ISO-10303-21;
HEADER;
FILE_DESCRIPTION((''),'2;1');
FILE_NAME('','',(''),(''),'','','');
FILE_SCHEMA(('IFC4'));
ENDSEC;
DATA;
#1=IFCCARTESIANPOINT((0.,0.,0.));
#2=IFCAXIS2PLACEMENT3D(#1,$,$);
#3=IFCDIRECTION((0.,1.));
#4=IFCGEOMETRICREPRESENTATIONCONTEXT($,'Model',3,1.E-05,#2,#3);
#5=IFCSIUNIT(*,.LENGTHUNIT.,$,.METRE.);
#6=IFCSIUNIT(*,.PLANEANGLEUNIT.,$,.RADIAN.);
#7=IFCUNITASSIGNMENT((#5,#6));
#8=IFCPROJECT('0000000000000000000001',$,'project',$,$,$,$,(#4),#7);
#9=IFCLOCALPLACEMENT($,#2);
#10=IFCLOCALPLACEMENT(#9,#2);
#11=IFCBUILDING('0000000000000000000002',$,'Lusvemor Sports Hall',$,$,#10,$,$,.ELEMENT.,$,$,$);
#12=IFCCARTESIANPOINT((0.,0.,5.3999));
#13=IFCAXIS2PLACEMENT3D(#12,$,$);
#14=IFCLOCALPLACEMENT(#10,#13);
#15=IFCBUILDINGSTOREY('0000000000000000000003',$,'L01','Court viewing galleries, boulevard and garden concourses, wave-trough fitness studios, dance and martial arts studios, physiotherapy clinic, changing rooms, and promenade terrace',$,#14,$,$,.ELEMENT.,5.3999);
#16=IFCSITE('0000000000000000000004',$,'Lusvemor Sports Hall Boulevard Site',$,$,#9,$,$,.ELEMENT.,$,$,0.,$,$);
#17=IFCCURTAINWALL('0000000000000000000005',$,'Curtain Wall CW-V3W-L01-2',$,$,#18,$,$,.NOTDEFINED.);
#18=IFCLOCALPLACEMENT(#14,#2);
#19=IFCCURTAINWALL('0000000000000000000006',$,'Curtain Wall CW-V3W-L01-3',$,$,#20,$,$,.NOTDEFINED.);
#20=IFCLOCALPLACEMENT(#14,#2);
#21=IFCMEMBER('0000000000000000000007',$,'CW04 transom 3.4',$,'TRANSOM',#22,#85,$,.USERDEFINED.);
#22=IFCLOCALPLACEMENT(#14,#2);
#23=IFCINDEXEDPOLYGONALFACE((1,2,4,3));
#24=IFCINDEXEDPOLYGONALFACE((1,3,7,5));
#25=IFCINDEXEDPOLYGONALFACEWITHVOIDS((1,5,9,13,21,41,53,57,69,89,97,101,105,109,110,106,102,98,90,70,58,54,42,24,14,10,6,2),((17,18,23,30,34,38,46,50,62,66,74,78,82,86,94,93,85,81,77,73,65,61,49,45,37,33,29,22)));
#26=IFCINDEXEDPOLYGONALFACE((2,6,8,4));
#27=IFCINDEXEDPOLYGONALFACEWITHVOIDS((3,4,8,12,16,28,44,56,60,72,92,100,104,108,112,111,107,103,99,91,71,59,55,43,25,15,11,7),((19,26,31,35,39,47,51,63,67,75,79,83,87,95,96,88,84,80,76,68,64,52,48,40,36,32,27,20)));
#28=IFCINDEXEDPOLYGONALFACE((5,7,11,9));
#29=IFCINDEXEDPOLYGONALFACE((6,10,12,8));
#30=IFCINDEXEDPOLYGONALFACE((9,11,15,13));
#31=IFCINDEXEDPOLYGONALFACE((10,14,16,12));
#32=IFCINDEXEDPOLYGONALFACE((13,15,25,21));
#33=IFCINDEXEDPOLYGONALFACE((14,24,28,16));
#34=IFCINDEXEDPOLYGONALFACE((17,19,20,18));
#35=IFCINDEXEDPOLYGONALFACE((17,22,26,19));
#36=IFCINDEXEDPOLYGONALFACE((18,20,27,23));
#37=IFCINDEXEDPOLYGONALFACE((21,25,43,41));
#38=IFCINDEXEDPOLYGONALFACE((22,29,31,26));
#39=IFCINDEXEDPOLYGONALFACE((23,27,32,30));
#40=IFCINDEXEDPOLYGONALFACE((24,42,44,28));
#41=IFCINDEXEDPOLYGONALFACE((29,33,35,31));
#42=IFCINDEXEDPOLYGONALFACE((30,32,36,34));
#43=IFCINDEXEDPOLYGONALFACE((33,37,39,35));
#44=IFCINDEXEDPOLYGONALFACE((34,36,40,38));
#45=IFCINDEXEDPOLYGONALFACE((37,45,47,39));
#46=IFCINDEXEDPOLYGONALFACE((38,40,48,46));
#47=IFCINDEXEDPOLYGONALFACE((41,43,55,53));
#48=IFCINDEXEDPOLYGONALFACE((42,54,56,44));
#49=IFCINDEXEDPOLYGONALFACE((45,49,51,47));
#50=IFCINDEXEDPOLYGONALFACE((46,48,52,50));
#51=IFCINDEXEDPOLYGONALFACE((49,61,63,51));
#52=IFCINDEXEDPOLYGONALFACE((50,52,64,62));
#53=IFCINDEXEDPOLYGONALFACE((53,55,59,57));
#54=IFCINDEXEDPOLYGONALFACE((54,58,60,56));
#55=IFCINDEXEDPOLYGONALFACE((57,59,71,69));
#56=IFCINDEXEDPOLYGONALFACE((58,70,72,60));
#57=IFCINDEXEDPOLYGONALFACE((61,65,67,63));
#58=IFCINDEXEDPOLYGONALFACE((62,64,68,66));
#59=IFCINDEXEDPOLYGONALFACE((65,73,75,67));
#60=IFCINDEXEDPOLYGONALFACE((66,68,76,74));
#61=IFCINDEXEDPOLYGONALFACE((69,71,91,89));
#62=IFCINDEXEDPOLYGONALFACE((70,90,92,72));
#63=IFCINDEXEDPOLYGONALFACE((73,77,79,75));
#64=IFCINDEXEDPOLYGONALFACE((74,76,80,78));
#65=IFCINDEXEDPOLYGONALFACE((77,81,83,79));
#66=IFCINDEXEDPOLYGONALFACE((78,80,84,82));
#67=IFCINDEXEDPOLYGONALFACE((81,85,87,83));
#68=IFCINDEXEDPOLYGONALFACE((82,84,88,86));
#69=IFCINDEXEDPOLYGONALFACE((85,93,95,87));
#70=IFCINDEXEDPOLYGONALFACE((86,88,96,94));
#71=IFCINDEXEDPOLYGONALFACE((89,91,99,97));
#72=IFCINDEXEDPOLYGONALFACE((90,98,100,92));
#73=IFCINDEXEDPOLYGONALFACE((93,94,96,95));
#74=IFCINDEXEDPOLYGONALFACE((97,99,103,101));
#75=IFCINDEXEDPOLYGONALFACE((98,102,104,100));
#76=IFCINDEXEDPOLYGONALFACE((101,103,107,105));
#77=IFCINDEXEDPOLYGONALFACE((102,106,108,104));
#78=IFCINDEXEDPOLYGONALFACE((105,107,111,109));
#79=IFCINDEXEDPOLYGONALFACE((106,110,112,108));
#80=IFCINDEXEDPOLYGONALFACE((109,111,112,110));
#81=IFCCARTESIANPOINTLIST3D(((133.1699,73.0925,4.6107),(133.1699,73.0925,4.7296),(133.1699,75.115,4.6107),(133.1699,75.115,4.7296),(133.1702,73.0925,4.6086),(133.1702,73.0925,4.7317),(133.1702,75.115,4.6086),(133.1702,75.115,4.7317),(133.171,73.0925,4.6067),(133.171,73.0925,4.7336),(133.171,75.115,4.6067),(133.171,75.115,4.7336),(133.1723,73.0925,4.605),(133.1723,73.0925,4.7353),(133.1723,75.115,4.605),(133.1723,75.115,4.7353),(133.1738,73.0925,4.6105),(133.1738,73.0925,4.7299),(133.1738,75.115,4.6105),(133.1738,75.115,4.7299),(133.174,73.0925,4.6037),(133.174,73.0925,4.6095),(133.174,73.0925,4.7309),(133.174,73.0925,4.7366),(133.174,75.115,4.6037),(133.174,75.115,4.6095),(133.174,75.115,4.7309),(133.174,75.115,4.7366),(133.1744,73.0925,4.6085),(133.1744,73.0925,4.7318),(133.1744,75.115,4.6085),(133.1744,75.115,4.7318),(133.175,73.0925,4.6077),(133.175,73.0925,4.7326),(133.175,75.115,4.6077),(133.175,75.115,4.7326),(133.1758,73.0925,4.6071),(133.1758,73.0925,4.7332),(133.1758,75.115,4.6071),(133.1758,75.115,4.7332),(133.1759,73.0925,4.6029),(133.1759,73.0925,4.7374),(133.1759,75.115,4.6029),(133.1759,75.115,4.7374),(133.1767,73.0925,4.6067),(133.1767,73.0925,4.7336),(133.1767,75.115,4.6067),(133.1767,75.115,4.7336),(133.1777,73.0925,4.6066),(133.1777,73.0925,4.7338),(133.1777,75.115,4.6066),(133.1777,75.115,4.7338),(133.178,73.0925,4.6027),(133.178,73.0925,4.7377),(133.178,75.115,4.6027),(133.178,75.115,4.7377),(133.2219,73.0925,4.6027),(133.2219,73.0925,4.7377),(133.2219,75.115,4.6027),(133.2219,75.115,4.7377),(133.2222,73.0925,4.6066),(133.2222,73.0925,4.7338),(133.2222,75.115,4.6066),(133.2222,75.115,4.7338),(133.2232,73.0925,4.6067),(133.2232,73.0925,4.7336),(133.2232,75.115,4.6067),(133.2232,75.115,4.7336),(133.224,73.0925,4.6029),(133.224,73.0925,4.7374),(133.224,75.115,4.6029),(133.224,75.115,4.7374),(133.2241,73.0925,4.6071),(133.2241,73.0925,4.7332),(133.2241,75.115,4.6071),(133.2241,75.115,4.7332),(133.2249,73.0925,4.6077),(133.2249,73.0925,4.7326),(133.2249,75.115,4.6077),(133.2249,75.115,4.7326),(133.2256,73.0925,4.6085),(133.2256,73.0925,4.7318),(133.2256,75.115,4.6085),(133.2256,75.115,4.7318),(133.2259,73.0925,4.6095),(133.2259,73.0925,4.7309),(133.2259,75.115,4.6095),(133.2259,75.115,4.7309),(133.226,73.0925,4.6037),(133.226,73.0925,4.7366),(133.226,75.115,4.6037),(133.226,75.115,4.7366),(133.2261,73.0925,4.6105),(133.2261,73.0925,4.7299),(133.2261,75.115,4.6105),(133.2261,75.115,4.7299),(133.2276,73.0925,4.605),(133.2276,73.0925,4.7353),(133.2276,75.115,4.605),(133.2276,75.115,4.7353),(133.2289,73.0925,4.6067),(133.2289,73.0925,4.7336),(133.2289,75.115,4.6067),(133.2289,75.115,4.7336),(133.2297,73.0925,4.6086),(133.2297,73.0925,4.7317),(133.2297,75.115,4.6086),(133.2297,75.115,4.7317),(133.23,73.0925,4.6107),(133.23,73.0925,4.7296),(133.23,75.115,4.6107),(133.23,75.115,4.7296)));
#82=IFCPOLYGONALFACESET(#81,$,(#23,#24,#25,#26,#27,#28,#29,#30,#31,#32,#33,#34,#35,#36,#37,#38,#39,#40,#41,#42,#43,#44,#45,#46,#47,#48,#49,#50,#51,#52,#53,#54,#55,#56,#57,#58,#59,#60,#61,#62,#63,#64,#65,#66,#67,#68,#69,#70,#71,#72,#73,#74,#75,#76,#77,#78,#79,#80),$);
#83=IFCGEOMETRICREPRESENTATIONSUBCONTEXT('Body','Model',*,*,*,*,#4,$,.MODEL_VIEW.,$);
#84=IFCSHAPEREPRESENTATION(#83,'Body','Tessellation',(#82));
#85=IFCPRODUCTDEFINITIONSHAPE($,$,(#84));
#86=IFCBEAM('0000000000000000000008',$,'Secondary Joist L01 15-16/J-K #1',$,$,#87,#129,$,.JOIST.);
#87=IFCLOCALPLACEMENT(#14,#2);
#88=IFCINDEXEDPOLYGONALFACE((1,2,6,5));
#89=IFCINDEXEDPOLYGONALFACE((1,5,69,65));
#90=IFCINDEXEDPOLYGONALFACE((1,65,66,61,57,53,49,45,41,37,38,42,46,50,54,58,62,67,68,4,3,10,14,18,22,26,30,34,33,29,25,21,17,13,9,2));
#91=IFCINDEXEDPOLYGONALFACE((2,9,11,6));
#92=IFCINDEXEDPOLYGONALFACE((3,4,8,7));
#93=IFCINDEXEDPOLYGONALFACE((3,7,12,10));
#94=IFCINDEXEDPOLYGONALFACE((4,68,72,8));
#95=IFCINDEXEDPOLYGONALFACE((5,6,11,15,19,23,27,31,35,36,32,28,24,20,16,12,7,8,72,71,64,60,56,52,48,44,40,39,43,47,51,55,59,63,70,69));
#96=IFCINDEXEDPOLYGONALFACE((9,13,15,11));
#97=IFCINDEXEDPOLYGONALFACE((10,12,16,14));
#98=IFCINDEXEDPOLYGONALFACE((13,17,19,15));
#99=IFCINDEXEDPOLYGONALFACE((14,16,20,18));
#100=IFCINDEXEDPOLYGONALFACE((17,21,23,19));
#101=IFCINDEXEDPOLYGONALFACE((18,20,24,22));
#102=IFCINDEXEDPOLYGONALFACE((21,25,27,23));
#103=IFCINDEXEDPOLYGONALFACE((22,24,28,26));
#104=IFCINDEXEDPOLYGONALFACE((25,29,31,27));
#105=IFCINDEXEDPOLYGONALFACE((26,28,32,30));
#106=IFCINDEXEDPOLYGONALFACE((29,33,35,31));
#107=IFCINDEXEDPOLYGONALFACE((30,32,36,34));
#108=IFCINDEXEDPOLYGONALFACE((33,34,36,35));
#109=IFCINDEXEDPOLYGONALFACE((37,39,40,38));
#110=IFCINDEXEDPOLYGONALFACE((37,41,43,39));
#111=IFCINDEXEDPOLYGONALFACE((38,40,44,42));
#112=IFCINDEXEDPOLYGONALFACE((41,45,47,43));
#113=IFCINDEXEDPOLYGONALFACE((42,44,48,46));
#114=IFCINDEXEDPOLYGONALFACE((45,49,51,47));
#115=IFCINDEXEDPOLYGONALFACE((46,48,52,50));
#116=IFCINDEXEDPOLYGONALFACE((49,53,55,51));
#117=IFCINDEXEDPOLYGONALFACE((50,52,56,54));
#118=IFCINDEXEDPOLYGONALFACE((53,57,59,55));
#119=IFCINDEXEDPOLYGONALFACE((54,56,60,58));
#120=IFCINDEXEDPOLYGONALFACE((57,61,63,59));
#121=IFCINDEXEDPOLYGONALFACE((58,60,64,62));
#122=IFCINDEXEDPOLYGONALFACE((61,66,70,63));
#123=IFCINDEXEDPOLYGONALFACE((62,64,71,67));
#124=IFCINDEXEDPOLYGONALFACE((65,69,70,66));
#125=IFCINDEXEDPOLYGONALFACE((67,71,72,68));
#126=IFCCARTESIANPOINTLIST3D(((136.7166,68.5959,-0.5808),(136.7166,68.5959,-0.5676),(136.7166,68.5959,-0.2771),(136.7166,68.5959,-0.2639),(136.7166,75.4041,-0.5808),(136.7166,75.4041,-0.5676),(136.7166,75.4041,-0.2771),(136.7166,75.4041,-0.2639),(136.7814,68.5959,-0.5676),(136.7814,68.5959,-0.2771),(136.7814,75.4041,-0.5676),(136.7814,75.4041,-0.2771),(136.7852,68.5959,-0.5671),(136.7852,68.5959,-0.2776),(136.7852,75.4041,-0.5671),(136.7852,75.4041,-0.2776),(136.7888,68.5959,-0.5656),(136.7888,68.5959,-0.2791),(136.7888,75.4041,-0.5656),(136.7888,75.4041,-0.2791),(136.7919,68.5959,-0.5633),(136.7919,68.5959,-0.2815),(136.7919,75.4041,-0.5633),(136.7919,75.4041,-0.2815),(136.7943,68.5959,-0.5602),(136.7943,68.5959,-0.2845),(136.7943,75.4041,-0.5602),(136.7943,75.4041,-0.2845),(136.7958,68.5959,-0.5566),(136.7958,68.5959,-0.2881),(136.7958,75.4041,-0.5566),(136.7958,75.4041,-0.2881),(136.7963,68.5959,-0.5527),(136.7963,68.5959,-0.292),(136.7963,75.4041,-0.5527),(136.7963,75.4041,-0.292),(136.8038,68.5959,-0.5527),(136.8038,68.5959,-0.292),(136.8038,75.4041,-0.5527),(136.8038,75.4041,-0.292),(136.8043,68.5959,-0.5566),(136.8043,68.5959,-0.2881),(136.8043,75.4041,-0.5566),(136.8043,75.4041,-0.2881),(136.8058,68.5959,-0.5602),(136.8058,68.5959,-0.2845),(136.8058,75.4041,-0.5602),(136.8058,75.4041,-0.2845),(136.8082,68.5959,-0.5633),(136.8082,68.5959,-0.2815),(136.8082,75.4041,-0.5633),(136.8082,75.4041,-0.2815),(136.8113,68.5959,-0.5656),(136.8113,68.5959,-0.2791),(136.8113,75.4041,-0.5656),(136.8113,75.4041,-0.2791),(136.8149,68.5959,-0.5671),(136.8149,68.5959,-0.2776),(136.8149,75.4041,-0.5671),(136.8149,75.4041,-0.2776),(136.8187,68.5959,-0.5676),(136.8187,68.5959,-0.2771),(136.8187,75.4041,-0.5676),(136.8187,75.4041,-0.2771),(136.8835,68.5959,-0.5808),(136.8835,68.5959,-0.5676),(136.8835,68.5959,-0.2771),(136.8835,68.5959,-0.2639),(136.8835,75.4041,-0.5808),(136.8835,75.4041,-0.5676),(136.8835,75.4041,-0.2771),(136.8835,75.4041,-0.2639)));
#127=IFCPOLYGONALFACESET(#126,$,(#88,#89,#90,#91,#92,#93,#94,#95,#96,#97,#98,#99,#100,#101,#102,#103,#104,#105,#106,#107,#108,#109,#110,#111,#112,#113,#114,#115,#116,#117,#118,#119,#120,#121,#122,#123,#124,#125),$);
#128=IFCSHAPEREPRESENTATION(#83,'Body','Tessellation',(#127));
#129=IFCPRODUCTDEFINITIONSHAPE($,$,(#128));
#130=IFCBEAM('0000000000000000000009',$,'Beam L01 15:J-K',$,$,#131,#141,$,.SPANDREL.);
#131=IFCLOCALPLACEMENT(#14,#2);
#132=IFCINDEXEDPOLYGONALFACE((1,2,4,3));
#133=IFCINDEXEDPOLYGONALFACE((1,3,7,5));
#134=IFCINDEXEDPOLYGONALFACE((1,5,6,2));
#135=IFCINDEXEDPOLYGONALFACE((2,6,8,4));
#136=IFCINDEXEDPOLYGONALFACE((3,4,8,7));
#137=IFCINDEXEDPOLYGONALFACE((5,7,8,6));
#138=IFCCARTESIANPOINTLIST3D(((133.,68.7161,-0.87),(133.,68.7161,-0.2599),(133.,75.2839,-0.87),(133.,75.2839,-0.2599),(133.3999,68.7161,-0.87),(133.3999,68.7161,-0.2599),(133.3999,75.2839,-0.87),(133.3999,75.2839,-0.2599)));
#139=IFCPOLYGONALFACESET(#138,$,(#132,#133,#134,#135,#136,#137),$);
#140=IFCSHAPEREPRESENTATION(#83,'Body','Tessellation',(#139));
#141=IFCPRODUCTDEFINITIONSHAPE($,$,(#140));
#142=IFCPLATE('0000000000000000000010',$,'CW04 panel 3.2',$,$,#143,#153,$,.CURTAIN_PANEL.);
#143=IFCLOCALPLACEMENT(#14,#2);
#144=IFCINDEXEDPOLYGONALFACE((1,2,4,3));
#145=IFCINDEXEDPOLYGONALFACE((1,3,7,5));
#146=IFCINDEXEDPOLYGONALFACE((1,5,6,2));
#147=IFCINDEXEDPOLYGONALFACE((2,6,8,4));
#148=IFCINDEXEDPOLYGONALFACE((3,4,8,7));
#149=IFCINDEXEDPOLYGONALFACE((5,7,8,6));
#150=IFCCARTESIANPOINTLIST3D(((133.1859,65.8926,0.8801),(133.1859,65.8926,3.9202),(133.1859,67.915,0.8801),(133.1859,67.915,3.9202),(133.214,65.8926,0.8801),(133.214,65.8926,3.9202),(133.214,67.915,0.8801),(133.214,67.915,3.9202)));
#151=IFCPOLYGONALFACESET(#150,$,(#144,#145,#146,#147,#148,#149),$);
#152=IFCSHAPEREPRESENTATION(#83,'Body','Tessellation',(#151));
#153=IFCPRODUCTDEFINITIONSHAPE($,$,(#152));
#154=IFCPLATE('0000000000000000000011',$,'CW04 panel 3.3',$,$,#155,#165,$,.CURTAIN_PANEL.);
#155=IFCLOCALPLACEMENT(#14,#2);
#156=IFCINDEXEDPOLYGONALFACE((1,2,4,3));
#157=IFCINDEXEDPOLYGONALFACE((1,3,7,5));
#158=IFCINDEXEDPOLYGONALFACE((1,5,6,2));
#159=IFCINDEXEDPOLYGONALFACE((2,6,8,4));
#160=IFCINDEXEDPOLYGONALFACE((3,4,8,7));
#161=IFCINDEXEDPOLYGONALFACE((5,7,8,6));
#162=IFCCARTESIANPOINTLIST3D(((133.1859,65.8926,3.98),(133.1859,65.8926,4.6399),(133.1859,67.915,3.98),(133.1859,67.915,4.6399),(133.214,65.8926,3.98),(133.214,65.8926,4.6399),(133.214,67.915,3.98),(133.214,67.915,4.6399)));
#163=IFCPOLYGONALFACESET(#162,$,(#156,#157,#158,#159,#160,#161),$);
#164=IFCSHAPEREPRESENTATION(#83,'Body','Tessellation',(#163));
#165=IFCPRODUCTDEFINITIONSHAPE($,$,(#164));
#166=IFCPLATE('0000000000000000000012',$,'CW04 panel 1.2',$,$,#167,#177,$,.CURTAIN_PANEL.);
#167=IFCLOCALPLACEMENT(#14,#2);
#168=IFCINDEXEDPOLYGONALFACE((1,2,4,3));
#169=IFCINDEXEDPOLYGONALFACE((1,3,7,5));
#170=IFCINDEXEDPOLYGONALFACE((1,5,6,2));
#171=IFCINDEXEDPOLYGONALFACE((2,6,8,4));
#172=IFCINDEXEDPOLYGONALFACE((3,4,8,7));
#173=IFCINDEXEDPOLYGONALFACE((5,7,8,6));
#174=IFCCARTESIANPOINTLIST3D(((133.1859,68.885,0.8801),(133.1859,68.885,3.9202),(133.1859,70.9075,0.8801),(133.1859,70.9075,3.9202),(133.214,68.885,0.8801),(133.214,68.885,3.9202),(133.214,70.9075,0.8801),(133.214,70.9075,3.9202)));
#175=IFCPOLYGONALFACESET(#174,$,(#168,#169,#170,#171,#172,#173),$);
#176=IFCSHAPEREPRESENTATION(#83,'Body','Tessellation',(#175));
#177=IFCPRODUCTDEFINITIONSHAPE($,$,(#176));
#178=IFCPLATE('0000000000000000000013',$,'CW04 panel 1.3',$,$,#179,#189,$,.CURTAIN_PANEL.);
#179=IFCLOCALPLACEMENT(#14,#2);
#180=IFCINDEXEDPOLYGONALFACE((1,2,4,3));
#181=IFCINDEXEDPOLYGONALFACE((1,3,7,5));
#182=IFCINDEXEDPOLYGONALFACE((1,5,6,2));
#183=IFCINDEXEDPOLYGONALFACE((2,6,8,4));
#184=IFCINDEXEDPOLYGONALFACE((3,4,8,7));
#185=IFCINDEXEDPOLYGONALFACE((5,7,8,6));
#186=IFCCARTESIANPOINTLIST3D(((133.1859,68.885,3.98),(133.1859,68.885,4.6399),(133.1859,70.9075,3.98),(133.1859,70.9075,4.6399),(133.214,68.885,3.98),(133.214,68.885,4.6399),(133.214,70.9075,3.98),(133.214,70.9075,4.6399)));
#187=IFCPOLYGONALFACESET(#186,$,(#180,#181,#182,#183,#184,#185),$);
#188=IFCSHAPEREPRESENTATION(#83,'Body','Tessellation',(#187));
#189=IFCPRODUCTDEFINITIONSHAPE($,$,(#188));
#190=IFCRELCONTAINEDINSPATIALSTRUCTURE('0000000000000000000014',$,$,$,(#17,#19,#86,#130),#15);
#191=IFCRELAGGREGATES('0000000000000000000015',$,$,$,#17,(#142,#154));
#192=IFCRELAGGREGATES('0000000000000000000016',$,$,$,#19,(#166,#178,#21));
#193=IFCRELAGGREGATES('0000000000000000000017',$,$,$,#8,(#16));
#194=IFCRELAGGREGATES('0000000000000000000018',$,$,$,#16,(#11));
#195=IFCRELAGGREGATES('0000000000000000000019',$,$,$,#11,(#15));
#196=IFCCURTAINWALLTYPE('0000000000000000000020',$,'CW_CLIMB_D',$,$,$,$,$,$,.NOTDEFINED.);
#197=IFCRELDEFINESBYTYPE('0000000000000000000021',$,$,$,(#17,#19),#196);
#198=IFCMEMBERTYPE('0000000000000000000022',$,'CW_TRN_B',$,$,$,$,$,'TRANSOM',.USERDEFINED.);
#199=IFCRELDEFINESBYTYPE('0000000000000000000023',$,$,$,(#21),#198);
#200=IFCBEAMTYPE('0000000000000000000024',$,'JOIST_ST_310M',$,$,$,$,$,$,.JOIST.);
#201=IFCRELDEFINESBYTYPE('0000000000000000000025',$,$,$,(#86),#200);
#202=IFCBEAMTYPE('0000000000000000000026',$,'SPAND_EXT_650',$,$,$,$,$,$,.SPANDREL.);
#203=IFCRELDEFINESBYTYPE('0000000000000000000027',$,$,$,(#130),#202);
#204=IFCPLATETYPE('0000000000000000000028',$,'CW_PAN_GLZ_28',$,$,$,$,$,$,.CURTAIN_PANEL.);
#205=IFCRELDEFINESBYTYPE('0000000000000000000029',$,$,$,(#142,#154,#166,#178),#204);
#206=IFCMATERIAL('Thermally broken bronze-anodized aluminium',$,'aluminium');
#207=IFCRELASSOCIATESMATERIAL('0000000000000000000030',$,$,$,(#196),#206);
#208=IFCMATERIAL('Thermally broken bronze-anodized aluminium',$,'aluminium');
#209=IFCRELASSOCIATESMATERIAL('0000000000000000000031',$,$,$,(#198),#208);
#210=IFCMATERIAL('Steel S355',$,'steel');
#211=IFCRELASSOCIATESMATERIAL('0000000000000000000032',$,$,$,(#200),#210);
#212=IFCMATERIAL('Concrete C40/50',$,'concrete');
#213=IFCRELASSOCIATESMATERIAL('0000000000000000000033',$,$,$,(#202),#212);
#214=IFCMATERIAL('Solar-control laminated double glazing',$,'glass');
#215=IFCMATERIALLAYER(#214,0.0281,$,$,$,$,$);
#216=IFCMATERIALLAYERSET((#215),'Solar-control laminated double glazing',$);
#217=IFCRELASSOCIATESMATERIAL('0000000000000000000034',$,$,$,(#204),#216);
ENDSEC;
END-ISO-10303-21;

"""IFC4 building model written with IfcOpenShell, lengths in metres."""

from ifc_helpers import new_model, si_unit, direction, frame, origin, origin_2d, place, context, subcontext, project, spatial, rectangle, hollow_rectangle, i_section, extrude, material, layer, layer_set, material_profile, profile_set, type_object, element, aggregate, save


model = new_model("IFC4")

# Units and contexts
model_context = context("Model", 3, precision=1e-05, world=origin(), true_north=direction((0.0, 1.0)))
body_context = subcontext(model_context, "Body", "Model", "MODEL_VIEW")
ifc_project = project(units=[si_unit("LENGTHUNIT", "METRE"), si_unit("PLANEANGLEUNIT", "RADIAN")], contexts=[model_context])

# Site, building, storey
site_placement = place(None, origin())
site = spatial("IfcSite", under=ifc_project, at=site_placement, Name="Lusvemor Sports Hall Boulevard Site", CompositionType="ELEMENT", RefElevation=0.0)
building_placement = place(site_placement, origin())
building = spatial("IfcBuilding", under=site, at=building_placement, Name="Lusvemor Sports Hall", CompositionType="ELEMENT")
storey_placement = place(building_placement, frame((0.0, 0.0, 5.3999)))
storey = spatial("IfcBuildingStorey", under=building, at=storey_placement, Name="L01", Description="Court viewing galleries, boulevard and garden concourses, wave-trough fitness studios, dance and martial arts studios, physiotherapy clinic, changing rooms, and promenade terrace", CompositionType="ELEMENT", Elevation=5.3999)

# Curtain wall
ifc_material_1 = material(Name="Thermally broken bronze-anodized aluminium", Category="aluminium")
curtain_wall_type = type_object("IfcCurtainWallType", Name="CW_CLIMB_D", PredefinedType="NOTDEFINED", material=ifc_material_1)
curtain_wall_1_placement = place(storey_placement, origin())
curtain_wall_1 = element("IfcCurtainWall", 1, at=curtain_wall_1_placement, inside=storey, type_object=curtain_wall_type, Name="Curtain Wall CW-V3W-L01-2", PredefinedType="NOTDEFINED")

# Curtain wall
curtain_wall_2_placement = place(storey_placement, origin())
curtain_wall_2 = element("IfcCurtainWall", 2, at=curtain_wall_2_placement, inside=storey, type_object=curtain_wall_type, Name="Curtain Wall CW-V3W-L01-3", PredefinedType="NOTDEFINED")

# Member
ifc_material_2 = material(Name="Thermally broken bronze-anodized aluminium", Category="aluminium")
ifc_material_profile_1 = material_profile(ifc_material_2, hollow_rectangle(XDim=0.0601, YDim=0.135, WallThickness=0.0039, InnerFilletRadius=0.0039, OuterFilletRadius=0.0081, at=origin_2d()), Name="CWTRN135x60x4")
ifc_profile_set_1 = profile_set([ifc_material_profile_1], Name="Thermally broken bronze-anodized aluminium")
member_type_1 = type_object("IfcMemberType", Name="CW_TRN_B", ElementType="TRANSOM", PredefinedType="USERDEFINED", material=ifc_profile_set_1)
member_1_placement = place(storey_placement, frame((133.2, 73.0925, 4.6702), z_axis=(0.0, 1.0, 0.0), x_axis=(-1.0, 0.0, 0.0)))
member_1 = element("IfcMember", 3, at=member_1_placement, type_object=member_type_1, Name="CW04 transom 3.4", ObjectType="TRANSOM", PredefinedType="USERDEFINED", context=body_context, shape_type="SweptSolid", body=[
    extrude(hollow_rectangle(XDim=0.0601, YDim=0.135, WallThickness=0.0039, InnerFilletRadius=0.0039, OuterFilletRadius=0.0081, at=origin_2d()), origin(), (0.0, 0.0, 1.0), 2.0225),
])

# Beams
ifc_material_3 = material(Name="Steel S355", Category="steel")
ifc_material_profile_2 = material_profile(ifc_material_3, i_section(OverallWidth=0.167, OverallDepth=0.3169, WebThickness=0.0076, FlangeThickness=0.0132, FilletRadius=0.0149, at=origin_2d()), Name="W310x52.0")
ifc_profile_set_2 = profile_set([ifc_material_profile_2], Name="Steel S355")
beam_type_1 = type_object("IfcBeamType", Name="JOIST_ST_310M", PredefinedType="JOIST", material=ifc_profile_set_2)
beam_1_placement = place(storey_placement, frame((136.8, 68.5959, -0.4224), z_axis=(0.0, 1.0, 0.0), x_axis=(-1.0, 0.0, 0.0)))
element("IfcBeam", 4, at=beam_1_placement, inside=storey, type_object=beam_type_1, Name="Secondary Joist L01 15-16/J-K #1", PredefinedType="JOIST", context=body_context, shape_type="SweptSolid", body=[
    extrude(i_section(OverallWidth=0.167, OverallDepth=0.3169, WebThickness=0.0076, FlangeThickness=0.0132, FilletRadius=0.0149, at=origin_2d()), origin(), (0.0, 0.0, 1.0), 6.8081),
])
ifc_material_4 = material(Name="Concrete C40/50", Category="concrete")
ifc_material_profile_3 = material_profile(ifc_material_4, rectangle(XDim=0.3999, YDim=0.6101, at=origin_2d()), Name="RC400x610")
ifc_profile_set_3 = profile_set([ifc_material_profile_3], Name="Concrete C40/50")
beam_type_2 = type_object("IfcBeamType", Name="SPAND_EXT_650", PredefinedType="SPANDREL", material=ifc_profile_set_3)
beam_2_placement = place(storey_placement, frame((133.2, 68.7161, -0.5649), z_axis=(0.0, 1.0, 0.0), x_axis=(-1.0, 0.0, 0.0)))
element("IfcBeam", 5, at=beam_2_placement, inside=storey, type_object=beam_type_2, Name="Beam L01 15:J-K", PredefinedType="SPANDREL", context=body_context, shape_type="SweptSolid", body=[
    extrude(rectangle(XDim=0.3999, YDim=0.6101, at=origin_2d()), origin(), (0.0, 0.0, 1.0), 6.5679),
])

# Plates
ifc_material_5 = material(Name="Solar-control laminated double glazing", Category="glass")
ifc_layer_1 = layer(ifc_material_5, 0.0281)
ifc_layer_set_1 = layer_set([ifc_layer_1], Name="Solar-control laminated double glazing")
plate_type_1 = type_object("IfcPlateType", Name="CW_PAN_GLZ_28", PredefinedType="CURTAIN_PANEL", material=ifc_layer_set_1)
plate_1_placement = place(storey_placement, frame((133.2, 66.9038, 0.8801), z_axis=(0.0, 0.0, 1.0), x_axis=(0.0, 1.0, 0.0)))
plate_1 = element("IfcPlate", 6, at=plate_1_placement, type_object=plate_type_1, Name="CW04 panel 3.2", PredefinedType="CURTAIN_PANEL", context=body_context, shape_type="SweptSolid", body=[
    extrude(rectangle(XDim=2.0225, YDim=0.0281, at=origin_2d()), origin(), (0.0, 0.0, 1.0), 3.04),
])
plate_2_placement = place(storey_placement, frame((133.2, 66.9038, 3.98), z_axis=(0.0, 0.0, 1.0), x_axis=(0.0, 1.0, 0.0)))
plate_2 = element("IfcPlate", 7, at=plate_2_placement, type_object=plate_type_1, Name="CW04 panel 3.3", PredefinedType="CURTAIN_PANEL", context=body_context, shape_type="SweptSolid", body=[
    extrude(rectangle(XDim=2.0225, YDim=0.0281, at=origin_2d()), origin(), (0.0, 0.0, 1.0), 0.6599),
])
plate_3_placement = place(storey_placement, frame((133.2, 69.8962, 0.8801), z_axis=(0.0, 0.0, 1.0), x_axis=(0.0, 1.0, 0.0)))
plate_3 = element("IfcPlate", 8, at=plate_3_placement, type_object=plate_type_1, Name="CW04 panel 1.2", PredefinedType="CURTAIN_PANEL", context=body_context, shape_type="SweptSolid", body=[
    extrude(rectangle(XDim=2.0225, YDim=0.0281, at=origin_2d()), origin(), (0.0, 0.0, 1.0), 3.04),
])
plate_4_placement = place(storey_placement, frame((133.2, 69.8962, 3.98), z_axis=(0.0, 0.0, 1.0), x_axis=(0.0, 1.0, 0.0)))
plate_4 = element("IfcPlate", 9, at=plate_4_placement, type_object=plate_type_1, Name="CW04 panel 1.3", PredefinedType="CURTAIN_PANEL", context=body_context, shape_type="SweptSolid", body=[
    extrude(rectangle(XDim=2.0225, YDim=0.0281, at=origin_2d()), origin(), (0.0, 0.0, 1.0), 0.6599),
])
aggregate(curtain_wall_1, [plate_1, plate_2])
aggregate(curtain_wall_2, [plate_3, plate_4, member_1])

save(model, "model.ifc")
